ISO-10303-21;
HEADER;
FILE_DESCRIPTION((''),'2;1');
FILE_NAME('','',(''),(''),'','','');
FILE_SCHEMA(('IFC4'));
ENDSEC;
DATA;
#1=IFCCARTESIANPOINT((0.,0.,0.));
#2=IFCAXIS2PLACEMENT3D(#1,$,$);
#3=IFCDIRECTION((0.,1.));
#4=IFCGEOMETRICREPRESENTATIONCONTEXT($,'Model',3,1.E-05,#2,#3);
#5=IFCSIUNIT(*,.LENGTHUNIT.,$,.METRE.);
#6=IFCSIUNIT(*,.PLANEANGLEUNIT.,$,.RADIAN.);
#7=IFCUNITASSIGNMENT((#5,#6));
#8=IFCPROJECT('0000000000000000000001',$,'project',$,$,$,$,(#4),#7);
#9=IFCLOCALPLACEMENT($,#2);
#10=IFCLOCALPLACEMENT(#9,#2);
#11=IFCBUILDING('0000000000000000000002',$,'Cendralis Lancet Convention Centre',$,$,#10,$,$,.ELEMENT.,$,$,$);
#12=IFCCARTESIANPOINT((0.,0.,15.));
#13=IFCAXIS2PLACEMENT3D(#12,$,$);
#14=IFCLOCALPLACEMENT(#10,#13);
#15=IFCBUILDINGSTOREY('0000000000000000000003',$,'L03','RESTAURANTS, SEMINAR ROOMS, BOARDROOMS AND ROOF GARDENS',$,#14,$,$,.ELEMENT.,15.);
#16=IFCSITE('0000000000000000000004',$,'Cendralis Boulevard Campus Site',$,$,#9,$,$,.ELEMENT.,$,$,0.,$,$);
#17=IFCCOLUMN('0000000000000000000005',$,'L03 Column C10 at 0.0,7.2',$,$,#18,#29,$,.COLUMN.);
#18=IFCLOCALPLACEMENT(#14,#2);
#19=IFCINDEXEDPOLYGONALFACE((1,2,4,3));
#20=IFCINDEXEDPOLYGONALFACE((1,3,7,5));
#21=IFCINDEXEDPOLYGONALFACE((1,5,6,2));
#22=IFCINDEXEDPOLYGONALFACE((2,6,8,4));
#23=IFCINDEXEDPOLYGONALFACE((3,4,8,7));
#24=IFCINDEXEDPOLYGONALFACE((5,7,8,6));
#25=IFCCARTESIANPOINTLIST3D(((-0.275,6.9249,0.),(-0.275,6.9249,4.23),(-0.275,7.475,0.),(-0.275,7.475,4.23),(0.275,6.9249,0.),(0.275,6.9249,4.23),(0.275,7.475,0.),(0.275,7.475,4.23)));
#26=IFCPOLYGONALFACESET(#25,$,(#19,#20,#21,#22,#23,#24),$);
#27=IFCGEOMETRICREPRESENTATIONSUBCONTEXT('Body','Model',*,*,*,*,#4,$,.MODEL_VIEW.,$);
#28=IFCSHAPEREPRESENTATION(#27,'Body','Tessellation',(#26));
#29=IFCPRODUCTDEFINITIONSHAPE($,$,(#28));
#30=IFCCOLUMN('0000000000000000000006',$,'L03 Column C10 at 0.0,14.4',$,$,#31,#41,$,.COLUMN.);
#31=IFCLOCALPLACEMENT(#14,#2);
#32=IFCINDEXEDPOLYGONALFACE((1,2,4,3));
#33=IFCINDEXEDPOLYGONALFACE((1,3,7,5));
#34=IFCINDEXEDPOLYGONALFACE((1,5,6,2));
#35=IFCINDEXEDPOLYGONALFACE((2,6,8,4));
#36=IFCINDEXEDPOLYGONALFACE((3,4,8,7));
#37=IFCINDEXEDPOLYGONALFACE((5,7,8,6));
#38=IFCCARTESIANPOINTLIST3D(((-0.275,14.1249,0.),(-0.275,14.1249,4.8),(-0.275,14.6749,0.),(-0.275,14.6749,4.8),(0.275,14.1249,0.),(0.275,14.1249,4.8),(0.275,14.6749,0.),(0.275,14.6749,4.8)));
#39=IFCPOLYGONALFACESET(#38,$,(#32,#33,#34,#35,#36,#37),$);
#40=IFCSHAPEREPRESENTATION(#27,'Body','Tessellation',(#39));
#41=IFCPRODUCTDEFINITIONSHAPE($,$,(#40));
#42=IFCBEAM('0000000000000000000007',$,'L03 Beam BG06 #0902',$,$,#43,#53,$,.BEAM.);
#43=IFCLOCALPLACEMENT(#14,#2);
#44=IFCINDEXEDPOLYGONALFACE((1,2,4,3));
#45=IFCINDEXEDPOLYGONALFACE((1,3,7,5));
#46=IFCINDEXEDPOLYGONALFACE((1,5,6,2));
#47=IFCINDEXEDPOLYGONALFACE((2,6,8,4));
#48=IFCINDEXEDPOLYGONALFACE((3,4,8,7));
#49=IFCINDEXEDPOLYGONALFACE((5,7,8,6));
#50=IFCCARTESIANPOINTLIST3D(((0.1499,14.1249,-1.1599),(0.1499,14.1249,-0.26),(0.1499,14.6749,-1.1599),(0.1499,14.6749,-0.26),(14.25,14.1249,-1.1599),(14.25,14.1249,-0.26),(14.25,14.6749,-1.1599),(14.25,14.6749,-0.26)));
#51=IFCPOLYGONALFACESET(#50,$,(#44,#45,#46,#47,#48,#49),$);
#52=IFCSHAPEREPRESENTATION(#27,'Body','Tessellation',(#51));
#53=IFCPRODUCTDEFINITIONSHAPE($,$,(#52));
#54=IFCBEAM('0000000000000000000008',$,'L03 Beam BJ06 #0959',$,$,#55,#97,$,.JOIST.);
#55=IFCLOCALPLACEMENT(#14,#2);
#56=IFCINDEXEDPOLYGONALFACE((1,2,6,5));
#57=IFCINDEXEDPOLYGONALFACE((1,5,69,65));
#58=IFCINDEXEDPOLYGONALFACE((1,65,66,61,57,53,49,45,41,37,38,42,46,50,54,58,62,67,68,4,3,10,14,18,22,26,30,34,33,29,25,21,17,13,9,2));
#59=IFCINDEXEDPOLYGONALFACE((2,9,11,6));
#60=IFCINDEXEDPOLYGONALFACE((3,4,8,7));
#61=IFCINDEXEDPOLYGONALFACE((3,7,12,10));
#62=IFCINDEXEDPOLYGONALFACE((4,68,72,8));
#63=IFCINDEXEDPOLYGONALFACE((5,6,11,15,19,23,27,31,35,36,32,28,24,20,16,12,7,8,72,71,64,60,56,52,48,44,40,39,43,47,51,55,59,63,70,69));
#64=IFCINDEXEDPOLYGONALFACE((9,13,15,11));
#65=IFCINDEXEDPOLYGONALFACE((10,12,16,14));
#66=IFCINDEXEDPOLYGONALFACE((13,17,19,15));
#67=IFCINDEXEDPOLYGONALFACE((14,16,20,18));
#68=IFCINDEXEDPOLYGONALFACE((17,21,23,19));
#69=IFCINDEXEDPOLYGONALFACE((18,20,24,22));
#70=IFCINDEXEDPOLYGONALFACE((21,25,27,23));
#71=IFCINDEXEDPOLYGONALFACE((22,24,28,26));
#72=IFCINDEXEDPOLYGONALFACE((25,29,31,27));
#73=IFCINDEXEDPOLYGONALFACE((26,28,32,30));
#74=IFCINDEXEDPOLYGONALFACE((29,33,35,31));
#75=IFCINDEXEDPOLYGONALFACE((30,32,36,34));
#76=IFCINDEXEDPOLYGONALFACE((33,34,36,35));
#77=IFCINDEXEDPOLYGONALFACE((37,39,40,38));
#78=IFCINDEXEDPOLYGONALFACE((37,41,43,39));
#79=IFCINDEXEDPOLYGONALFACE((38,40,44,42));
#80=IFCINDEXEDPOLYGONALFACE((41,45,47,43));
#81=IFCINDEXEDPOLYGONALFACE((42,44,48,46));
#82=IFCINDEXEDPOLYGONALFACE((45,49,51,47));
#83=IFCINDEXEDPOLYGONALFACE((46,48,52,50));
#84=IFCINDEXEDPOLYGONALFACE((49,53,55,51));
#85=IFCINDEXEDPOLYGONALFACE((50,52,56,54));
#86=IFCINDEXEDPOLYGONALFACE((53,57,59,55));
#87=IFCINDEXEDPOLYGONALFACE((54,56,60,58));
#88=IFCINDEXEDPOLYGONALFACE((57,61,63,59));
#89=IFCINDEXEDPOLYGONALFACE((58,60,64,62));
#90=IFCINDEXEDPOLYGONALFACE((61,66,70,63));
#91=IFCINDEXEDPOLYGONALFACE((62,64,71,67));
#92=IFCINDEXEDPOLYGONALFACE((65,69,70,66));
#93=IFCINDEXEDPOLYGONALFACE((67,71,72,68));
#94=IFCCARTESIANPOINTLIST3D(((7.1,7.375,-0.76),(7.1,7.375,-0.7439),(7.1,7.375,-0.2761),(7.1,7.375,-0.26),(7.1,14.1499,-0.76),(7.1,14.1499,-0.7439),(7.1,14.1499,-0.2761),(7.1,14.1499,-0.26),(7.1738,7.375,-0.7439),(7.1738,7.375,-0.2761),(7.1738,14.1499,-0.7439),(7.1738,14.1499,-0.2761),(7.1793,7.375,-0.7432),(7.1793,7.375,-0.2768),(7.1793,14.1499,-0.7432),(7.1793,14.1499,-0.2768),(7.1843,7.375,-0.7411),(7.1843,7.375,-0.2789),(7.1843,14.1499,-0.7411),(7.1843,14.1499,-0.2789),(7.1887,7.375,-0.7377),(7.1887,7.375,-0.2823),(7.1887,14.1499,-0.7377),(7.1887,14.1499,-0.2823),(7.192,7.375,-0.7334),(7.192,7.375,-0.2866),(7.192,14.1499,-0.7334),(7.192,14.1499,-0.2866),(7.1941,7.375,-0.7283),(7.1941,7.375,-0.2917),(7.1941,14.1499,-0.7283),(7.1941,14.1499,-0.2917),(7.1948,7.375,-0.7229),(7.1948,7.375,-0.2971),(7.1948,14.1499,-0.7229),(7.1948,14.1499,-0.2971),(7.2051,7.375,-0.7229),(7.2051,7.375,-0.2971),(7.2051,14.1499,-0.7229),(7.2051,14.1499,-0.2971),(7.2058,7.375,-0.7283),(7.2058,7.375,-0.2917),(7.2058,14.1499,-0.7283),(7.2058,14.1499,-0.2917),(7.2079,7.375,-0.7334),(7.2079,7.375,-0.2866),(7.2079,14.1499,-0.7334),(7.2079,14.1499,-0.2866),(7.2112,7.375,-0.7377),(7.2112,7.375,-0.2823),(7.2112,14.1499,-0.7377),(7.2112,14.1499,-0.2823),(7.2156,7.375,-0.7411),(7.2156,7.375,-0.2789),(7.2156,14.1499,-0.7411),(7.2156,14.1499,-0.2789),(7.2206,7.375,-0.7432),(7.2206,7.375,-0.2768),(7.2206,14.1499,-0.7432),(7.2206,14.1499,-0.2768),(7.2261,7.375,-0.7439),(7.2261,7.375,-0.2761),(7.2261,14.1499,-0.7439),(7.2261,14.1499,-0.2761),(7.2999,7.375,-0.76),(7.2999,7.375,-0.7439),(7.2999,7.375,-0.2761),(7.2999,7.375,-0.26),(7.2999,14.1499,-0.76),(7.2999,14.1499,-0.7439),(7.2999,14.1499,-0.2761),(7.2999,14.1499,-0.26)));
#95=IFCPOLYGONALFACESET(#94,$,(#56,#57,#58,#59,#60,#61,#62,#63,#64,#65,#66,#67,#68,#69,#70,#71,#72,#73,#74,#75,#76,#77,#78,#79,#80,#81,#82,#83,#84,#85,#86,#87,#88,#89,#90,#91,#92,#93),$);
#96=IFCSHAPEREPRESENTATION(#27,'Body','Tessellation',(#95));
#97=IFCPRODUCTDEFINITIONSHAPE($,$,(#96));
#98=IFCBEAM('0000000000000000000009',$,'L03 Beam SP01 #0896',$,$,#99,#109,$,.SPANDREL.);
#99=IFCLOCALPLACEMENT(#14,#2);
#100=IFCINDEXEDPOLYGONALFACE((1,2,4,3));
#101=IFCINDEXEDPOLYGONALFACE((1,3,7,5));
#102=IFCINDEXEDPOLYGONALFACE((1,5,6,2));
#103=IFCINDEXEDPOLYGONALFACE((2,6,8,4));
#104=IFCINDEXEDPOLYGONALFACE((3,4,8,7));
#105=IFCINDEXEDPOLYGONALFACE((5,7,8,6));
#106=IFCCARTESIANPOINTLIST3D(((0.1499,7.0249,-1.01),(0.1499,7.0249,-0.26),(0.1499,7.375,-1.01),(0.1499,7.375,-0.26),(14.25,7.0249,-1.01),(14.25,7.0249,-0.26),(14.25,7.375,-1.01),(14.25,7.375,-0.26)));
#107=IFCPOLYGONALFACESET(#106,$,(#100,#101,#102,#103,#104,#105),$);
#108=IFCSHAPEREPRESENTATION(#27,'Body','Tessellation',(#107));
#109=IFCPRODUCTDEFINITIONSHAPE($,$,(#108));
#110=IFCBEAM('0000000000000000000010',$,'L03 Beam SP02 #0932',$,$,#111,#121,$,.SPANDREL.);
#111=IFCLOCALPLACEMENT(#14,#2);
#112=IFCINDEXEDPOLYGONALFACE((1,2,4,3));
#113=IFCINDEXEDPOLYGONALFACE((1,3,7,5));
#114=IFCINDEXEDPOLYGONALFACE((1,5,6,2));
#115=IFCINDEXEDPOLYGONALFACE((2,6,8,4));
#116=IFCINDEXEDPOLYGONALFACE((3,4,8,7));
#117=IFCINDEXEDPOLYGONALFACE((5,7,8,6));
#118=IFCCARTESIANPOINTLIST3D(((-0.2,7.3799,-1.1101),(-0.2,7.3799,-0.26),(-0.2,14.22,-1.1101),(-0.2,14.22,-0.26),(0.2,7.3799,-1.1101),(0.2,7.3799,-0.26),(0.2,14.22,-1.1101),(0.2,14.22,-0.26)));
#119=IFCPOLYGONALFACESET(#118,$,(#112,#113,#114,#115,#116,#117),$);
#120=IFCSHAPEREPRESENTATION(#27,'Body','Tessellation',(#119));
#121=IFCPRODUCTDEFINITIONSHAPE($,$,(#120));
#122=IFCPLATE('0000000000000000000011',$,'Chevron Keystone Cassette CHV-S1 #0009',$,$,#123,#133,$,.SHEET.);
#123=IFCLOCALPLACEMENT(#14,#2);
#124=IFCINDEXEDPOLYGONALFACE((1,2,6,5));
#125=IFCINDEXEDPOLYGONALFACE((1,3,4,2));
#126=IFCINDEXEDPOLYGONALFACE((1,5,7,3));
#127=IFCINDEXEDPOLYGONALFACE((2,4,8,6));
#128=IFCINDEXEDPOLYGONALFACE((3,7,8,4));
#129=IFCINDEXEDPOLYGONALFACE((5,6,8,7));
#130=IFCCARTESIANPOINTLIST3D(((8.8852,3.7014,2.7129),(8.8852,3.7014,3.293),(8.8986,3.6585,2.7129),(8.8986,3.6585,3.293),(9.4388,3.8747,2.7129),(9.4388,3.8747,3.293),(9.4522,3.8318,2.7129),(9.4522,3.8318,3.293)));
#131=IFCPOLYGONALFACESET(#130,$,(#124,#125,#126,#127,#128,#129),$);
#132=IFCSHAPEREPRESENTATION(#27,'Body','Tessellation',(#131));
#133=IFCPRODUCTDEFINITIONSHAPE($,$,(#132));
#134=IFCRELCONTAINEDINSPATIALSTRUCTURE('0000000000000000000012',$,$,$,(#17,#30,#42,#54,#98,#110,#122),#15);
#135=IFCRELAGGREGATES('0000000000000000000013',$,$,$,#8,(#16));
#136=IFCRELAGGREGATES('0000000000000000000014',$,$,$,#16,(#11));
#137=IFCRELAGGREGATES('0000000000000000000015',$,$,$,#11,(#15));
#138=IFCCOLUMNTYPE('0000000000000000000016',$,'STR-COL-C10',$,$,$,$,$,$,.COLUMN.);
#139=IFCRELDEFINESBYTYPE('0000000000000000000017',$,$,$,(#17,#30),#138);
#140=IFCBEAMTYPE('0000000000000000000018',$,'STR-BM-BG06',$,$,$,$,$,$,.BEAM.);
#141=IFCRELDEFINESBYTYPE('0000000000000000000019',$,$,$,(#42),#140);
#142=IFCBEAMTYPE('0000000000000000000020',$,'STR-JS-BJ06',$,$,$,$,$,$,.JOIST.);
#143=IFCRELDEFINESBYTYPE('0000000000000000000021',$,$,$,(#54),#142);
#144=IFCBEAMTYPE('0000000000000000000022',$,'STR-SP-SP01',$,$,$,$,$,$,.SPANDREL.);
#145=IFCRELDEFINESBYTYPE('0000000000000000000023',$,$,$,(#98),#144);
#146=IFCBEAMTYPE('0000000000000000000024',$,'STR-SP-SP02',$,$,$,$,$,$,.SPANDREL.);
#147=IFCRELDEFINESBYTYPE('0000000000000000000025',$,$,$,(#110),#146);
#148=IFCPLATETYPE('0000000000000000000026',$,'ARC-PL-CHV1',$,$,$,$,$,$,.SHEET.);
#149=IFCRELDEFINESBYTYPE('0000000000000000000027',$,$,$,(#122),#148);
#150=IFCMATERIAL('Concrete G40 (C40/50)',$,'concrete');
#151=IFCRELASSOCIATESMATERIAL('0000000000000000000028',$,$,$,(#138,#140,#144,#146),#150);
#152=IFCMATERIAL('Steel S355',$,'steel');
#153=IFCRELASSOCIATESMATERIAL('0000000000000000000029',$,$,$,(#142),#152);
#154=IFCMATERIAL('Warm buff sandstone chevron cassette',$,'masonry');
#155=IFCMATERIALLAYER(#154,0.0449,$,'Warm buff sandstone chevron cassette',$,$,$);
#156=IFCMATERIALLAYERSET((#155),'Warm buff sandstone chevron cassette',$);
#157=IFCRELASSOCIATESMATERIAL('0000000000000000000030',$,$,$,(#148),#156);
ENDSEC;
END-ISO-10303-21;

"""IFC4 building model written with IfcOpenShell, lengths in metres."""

from ifc_helpers import new_model, si_unit, direction, frame, origin, origin_2d, place, context, subcontext, project, spatial, rectangle, i_section, extrude, material, layer, layer_set, material_profile, profile_set, type_object, element, save


model = new_model("IFC4")

# Units and contexts
model_context = context("Model", 3, precision=1e-05, world=origin(), true_north=direction((0.0, 1.0)))
body_context = subcontext(model_context, "Body", "Model", "MODEL_VIEW")
ifc_project = project(units=[si_unit("LENGTHUNIT", "METRE"), si_unit("PLANEANGLEUNIT", "RADIAN")], contexts=[model_context])

# Site, building, storey
site_placement = place(None, origin())
site = spatial("IfcSite", under=ifc_project, at=site_placement, Name="Cendralis Boulevard Campus Site", CompositionType="ELEMENT", RefElevation=0.0)
building_placement = place(site_placement, origin())
building = spatial("IfcBuilding", under=site, at=building_placement, Name="Cendralis Lancet Convention Centre", CompositionType="ELEMENT")
storey_placement = place(building_placement, frame((0.0, 0.0, 15.0)))
storey = spatial("IfcBuildingStorey", under=building, at=storey_placement, Name="L03", Description="RESTAURANTS, SEMINAR ROOMS, BOARDROOMS AND ROOF GARDENS", CompositionType="ELEMENT", Elevation=15.0)

# Columns
ifc_material_1 = material(Name="Concrete G40 (C40/50)", Category="concrete")
ifc_material_profile_1 = material_profile(ifc_material_1, rectangle(XDim=0.55, YDim=0.55, at=origin_2d()), Name="RC 550x550")
ifc_profile_set_1 = profile_set([ifc_material_profile_1], Name="Concrete G40 (C40/50)")
column_type = type_object("IfcColumnType", Name="STR-COL-C10", PredefinedType="COLUMN", material=ifc_profile_set_1)
column_1_placement = place(storey_placement, frame((0.0, 7.2, 0.0), z_axis=(0.0, 0.0, 1.0), x_axis=(1.0, 0.0, 0.0)))
element("IfcColumn", 1, at=column_1_placement, inside=storey, type_object=column_type, Name="L03 Column C10 at 0.0,7.2", PredefinedType="COLUMN", context=body_context, shape_type="SweptSolid", body=[
    extrude(rectangle(XDim=0.55, YDim=0.55, at=origin_2d()), origin(), (0.0, 0.0, 1.0), 4.23),
])
column_2_placement = place(storey_placement, frame((0.0, 14.3999, 0.0), z_axis=(0.0, 0.0, 1.0), x_axis=(1.0, 0.0, 0.0)))
element("IfcColumn", 2, at=column_2_placement, inside=storey, type_object=column_type, Name="L03 Column C10 at 0.0,14.4", PredefinedType="COLUMN", context=body_context, shape_type="SweptSolid", body=[
    extrude(rectangle(XDim=0.55, YDim=0.55, at=origin_2d()), origin(), (0.0, 0.0, 1.0), 4.8),
])

# Beams
ifc_material_profile_2 = material_profile(ifc_material_1, rectangle(XDim=0.55, YDim=0.8999, at=origin_2d()), Name="RCB 550x900")
ifc_profile_set_2 = profile_set([ifc_material_profile_2], Name="Concrete G40 (C40/50)")
beam_type_1 = type_object("IfcBeamType", Name="STR-BM-BG06", PredefinedType="BEAM", material=ifc_profile_set_2)
beam_1_placement = place(storey_placement, frame((0.1499, 14.3999, -0.71), z_axis=(1.0, 0.0, 0.0), x_axis=(0.0, 1.0, 0.0)))
element("IfcBeam", 3, at=beam_1_placement, inside=storey, type_object=beam_type_1, Name="L03 Beam BG06 #0902", PredefinedType="BEAM", context=body_context, shape_type="SweptSolid", body=[
    extrude(rectangle(XDim=0.55, YDim=0.8999, at=origin_2d()), origin(), (0.0, 0.0, 1.0), 14.1001),
])
ifc_material_2 = material(Name="Steel S355", Category="steel")
ifc_material_profile_3 = material_profile(ifc_material_2, i_section(OverallWidth=0.2, OverallDepth=0.5, WebThickness=0.0103, FlangeThickness=0.0161, FilletRadius=0.021, at=origin_2d()), Name="IPE 500")
ifc_profile_set_3 = profile_set([ifc_material_profile_3], Name="Steel S355")
beam_type_2 = type_object("IfcBeamType", Name="STR-JS-BJ06", PredefinedType="JOIST", material=ifc_profile_set_3)
beam_2_placement = place(storey_placement, frame((7.2, 7.375, -0.51), z_axis=(0.0, 1.0, 0.0), x_axis=(-1.0, 0.0, 0.0)))
element("IfcBeam", 4, at=beam_2_placement, inside=storey, type_object=beam_type_2, Name="L03 Beam BJ06 #0959", PredefinedType="JOIST", context=body_context, shape_type="SweptSolid", body=[
    extrude(i_section(OverallWidth=0.2, OverallDepth=0.5, WebThickness=0.0103, FlangeThickness=0.0161, FilletRadius=0.021, at=origin_2d()), origin(), (0.0, 0.0, 1.0), 6.7749),
])
ifc_material_profile_4 = material_profile(ifc_material_1, rectangle(XDim=0.3501, YDim=0.75, at=origin_2d()), Name="RCB 350x750")
ifc_profile_set_4 = profile_set([ifc_material_profile_4], Name="Concrete G40 (C40/50)")
beam_type_3 = type_object("IfcBeamType", Name="STR-SP-SP01", PredefinedType="SPANDREL", material=ifc_profile_set_4)
beam_3_placement = place(storey_placement, frame((0.1499, 7.2, -0.635), z_axis=(1.0, 0.0, 0.0), x_axis=(0.0, 1.0, 0.0)))
element("IfcBeam", 5, at=beam_3_placement, inside=storey, type_object=beam_type_3, Name="L03 Beam SP01 #0896", PredefinedType="SPANDREL", context=body_context, shape_type="SweptSolid", body=[
    extrude(rectangle(XDim=0.3501, YDim=0.75, at=origin_2d()), origin(), (0.0, 0.0, 1.0), 14.1001),
])
ifc_material_profile_5 = material_profile(ifc_material_1, rectangle(XDim=0.3999, YDim=0.8501, at=origin_2d()), Name="RCB 400x850")
ifc_profile_set_5 = profile_set([ifc_material_profile_5], Name="Concrete G40 (C40/50)")
beam_type_4 = type_object("IfcBeamType", Name="STR-SP-SP02", PredefinedType="SPANDREL", material=ifc_profile_set_5)
beam_4_placement = place(storey_placement, frame((0.0, 7.3799, -0.6851), z_axis=(0.0, 1.0, 0.0), x_axis=(-1.0, 0.0, 0.0)))
element("IfcBeam", 6, at=beam_4_placement, inside=storey, type_object=beam_type_4, Name="L03 Beam SP02 #0932", PredefinedType="SPANDREL", context=body_context, shape_type="SweptSolid", body=[
    extrude(rectangle(XDim=0.3999, YDim=0.8501, at=origin_2d()), origin(), (0.0, 0.0, 1.0), 6.8401),
])

# Plate
ifc_material_3 = material(Name="Warm buff sandstone chevron cassette", Category="masonry")
ifc_layer_1 = layer(ifc_material_3, 0.0449, Name="Warm buff sandstone chevron cassette")
ifc_layer_set_1 = layer_set([ifc_layer_1], Name="Warm buff sandstone chevron cassette")
plate_type = type_object("IfcPlateType", Name="ARC-PL-CHV1", PredefinedType="SHEET", material=ifc_layer_set_1)
plate_placement = place(storey_placement, frame((9.1687, 3.7666, 2.7129), z_axis=(0.0, 0.0, 1.0), x_axis=(0.954319, 0.298791, 0.0)))
element("IfcPlate", 7, at=plate_placement, inside=storey, type_object=plate_type, Name="Chevron Keystone Cassette CHV-S1 #0009", PredefinedType="SHEET", context=body_context, shape_type="SweptSolid", body=[
    extrude(rectangle(XDim=0.5801, YDim=0.0449, at=origin_2d()), origin(), (0.0, 0.0, 1.0), 0.5801),
])

save(model, "model.ifc")
